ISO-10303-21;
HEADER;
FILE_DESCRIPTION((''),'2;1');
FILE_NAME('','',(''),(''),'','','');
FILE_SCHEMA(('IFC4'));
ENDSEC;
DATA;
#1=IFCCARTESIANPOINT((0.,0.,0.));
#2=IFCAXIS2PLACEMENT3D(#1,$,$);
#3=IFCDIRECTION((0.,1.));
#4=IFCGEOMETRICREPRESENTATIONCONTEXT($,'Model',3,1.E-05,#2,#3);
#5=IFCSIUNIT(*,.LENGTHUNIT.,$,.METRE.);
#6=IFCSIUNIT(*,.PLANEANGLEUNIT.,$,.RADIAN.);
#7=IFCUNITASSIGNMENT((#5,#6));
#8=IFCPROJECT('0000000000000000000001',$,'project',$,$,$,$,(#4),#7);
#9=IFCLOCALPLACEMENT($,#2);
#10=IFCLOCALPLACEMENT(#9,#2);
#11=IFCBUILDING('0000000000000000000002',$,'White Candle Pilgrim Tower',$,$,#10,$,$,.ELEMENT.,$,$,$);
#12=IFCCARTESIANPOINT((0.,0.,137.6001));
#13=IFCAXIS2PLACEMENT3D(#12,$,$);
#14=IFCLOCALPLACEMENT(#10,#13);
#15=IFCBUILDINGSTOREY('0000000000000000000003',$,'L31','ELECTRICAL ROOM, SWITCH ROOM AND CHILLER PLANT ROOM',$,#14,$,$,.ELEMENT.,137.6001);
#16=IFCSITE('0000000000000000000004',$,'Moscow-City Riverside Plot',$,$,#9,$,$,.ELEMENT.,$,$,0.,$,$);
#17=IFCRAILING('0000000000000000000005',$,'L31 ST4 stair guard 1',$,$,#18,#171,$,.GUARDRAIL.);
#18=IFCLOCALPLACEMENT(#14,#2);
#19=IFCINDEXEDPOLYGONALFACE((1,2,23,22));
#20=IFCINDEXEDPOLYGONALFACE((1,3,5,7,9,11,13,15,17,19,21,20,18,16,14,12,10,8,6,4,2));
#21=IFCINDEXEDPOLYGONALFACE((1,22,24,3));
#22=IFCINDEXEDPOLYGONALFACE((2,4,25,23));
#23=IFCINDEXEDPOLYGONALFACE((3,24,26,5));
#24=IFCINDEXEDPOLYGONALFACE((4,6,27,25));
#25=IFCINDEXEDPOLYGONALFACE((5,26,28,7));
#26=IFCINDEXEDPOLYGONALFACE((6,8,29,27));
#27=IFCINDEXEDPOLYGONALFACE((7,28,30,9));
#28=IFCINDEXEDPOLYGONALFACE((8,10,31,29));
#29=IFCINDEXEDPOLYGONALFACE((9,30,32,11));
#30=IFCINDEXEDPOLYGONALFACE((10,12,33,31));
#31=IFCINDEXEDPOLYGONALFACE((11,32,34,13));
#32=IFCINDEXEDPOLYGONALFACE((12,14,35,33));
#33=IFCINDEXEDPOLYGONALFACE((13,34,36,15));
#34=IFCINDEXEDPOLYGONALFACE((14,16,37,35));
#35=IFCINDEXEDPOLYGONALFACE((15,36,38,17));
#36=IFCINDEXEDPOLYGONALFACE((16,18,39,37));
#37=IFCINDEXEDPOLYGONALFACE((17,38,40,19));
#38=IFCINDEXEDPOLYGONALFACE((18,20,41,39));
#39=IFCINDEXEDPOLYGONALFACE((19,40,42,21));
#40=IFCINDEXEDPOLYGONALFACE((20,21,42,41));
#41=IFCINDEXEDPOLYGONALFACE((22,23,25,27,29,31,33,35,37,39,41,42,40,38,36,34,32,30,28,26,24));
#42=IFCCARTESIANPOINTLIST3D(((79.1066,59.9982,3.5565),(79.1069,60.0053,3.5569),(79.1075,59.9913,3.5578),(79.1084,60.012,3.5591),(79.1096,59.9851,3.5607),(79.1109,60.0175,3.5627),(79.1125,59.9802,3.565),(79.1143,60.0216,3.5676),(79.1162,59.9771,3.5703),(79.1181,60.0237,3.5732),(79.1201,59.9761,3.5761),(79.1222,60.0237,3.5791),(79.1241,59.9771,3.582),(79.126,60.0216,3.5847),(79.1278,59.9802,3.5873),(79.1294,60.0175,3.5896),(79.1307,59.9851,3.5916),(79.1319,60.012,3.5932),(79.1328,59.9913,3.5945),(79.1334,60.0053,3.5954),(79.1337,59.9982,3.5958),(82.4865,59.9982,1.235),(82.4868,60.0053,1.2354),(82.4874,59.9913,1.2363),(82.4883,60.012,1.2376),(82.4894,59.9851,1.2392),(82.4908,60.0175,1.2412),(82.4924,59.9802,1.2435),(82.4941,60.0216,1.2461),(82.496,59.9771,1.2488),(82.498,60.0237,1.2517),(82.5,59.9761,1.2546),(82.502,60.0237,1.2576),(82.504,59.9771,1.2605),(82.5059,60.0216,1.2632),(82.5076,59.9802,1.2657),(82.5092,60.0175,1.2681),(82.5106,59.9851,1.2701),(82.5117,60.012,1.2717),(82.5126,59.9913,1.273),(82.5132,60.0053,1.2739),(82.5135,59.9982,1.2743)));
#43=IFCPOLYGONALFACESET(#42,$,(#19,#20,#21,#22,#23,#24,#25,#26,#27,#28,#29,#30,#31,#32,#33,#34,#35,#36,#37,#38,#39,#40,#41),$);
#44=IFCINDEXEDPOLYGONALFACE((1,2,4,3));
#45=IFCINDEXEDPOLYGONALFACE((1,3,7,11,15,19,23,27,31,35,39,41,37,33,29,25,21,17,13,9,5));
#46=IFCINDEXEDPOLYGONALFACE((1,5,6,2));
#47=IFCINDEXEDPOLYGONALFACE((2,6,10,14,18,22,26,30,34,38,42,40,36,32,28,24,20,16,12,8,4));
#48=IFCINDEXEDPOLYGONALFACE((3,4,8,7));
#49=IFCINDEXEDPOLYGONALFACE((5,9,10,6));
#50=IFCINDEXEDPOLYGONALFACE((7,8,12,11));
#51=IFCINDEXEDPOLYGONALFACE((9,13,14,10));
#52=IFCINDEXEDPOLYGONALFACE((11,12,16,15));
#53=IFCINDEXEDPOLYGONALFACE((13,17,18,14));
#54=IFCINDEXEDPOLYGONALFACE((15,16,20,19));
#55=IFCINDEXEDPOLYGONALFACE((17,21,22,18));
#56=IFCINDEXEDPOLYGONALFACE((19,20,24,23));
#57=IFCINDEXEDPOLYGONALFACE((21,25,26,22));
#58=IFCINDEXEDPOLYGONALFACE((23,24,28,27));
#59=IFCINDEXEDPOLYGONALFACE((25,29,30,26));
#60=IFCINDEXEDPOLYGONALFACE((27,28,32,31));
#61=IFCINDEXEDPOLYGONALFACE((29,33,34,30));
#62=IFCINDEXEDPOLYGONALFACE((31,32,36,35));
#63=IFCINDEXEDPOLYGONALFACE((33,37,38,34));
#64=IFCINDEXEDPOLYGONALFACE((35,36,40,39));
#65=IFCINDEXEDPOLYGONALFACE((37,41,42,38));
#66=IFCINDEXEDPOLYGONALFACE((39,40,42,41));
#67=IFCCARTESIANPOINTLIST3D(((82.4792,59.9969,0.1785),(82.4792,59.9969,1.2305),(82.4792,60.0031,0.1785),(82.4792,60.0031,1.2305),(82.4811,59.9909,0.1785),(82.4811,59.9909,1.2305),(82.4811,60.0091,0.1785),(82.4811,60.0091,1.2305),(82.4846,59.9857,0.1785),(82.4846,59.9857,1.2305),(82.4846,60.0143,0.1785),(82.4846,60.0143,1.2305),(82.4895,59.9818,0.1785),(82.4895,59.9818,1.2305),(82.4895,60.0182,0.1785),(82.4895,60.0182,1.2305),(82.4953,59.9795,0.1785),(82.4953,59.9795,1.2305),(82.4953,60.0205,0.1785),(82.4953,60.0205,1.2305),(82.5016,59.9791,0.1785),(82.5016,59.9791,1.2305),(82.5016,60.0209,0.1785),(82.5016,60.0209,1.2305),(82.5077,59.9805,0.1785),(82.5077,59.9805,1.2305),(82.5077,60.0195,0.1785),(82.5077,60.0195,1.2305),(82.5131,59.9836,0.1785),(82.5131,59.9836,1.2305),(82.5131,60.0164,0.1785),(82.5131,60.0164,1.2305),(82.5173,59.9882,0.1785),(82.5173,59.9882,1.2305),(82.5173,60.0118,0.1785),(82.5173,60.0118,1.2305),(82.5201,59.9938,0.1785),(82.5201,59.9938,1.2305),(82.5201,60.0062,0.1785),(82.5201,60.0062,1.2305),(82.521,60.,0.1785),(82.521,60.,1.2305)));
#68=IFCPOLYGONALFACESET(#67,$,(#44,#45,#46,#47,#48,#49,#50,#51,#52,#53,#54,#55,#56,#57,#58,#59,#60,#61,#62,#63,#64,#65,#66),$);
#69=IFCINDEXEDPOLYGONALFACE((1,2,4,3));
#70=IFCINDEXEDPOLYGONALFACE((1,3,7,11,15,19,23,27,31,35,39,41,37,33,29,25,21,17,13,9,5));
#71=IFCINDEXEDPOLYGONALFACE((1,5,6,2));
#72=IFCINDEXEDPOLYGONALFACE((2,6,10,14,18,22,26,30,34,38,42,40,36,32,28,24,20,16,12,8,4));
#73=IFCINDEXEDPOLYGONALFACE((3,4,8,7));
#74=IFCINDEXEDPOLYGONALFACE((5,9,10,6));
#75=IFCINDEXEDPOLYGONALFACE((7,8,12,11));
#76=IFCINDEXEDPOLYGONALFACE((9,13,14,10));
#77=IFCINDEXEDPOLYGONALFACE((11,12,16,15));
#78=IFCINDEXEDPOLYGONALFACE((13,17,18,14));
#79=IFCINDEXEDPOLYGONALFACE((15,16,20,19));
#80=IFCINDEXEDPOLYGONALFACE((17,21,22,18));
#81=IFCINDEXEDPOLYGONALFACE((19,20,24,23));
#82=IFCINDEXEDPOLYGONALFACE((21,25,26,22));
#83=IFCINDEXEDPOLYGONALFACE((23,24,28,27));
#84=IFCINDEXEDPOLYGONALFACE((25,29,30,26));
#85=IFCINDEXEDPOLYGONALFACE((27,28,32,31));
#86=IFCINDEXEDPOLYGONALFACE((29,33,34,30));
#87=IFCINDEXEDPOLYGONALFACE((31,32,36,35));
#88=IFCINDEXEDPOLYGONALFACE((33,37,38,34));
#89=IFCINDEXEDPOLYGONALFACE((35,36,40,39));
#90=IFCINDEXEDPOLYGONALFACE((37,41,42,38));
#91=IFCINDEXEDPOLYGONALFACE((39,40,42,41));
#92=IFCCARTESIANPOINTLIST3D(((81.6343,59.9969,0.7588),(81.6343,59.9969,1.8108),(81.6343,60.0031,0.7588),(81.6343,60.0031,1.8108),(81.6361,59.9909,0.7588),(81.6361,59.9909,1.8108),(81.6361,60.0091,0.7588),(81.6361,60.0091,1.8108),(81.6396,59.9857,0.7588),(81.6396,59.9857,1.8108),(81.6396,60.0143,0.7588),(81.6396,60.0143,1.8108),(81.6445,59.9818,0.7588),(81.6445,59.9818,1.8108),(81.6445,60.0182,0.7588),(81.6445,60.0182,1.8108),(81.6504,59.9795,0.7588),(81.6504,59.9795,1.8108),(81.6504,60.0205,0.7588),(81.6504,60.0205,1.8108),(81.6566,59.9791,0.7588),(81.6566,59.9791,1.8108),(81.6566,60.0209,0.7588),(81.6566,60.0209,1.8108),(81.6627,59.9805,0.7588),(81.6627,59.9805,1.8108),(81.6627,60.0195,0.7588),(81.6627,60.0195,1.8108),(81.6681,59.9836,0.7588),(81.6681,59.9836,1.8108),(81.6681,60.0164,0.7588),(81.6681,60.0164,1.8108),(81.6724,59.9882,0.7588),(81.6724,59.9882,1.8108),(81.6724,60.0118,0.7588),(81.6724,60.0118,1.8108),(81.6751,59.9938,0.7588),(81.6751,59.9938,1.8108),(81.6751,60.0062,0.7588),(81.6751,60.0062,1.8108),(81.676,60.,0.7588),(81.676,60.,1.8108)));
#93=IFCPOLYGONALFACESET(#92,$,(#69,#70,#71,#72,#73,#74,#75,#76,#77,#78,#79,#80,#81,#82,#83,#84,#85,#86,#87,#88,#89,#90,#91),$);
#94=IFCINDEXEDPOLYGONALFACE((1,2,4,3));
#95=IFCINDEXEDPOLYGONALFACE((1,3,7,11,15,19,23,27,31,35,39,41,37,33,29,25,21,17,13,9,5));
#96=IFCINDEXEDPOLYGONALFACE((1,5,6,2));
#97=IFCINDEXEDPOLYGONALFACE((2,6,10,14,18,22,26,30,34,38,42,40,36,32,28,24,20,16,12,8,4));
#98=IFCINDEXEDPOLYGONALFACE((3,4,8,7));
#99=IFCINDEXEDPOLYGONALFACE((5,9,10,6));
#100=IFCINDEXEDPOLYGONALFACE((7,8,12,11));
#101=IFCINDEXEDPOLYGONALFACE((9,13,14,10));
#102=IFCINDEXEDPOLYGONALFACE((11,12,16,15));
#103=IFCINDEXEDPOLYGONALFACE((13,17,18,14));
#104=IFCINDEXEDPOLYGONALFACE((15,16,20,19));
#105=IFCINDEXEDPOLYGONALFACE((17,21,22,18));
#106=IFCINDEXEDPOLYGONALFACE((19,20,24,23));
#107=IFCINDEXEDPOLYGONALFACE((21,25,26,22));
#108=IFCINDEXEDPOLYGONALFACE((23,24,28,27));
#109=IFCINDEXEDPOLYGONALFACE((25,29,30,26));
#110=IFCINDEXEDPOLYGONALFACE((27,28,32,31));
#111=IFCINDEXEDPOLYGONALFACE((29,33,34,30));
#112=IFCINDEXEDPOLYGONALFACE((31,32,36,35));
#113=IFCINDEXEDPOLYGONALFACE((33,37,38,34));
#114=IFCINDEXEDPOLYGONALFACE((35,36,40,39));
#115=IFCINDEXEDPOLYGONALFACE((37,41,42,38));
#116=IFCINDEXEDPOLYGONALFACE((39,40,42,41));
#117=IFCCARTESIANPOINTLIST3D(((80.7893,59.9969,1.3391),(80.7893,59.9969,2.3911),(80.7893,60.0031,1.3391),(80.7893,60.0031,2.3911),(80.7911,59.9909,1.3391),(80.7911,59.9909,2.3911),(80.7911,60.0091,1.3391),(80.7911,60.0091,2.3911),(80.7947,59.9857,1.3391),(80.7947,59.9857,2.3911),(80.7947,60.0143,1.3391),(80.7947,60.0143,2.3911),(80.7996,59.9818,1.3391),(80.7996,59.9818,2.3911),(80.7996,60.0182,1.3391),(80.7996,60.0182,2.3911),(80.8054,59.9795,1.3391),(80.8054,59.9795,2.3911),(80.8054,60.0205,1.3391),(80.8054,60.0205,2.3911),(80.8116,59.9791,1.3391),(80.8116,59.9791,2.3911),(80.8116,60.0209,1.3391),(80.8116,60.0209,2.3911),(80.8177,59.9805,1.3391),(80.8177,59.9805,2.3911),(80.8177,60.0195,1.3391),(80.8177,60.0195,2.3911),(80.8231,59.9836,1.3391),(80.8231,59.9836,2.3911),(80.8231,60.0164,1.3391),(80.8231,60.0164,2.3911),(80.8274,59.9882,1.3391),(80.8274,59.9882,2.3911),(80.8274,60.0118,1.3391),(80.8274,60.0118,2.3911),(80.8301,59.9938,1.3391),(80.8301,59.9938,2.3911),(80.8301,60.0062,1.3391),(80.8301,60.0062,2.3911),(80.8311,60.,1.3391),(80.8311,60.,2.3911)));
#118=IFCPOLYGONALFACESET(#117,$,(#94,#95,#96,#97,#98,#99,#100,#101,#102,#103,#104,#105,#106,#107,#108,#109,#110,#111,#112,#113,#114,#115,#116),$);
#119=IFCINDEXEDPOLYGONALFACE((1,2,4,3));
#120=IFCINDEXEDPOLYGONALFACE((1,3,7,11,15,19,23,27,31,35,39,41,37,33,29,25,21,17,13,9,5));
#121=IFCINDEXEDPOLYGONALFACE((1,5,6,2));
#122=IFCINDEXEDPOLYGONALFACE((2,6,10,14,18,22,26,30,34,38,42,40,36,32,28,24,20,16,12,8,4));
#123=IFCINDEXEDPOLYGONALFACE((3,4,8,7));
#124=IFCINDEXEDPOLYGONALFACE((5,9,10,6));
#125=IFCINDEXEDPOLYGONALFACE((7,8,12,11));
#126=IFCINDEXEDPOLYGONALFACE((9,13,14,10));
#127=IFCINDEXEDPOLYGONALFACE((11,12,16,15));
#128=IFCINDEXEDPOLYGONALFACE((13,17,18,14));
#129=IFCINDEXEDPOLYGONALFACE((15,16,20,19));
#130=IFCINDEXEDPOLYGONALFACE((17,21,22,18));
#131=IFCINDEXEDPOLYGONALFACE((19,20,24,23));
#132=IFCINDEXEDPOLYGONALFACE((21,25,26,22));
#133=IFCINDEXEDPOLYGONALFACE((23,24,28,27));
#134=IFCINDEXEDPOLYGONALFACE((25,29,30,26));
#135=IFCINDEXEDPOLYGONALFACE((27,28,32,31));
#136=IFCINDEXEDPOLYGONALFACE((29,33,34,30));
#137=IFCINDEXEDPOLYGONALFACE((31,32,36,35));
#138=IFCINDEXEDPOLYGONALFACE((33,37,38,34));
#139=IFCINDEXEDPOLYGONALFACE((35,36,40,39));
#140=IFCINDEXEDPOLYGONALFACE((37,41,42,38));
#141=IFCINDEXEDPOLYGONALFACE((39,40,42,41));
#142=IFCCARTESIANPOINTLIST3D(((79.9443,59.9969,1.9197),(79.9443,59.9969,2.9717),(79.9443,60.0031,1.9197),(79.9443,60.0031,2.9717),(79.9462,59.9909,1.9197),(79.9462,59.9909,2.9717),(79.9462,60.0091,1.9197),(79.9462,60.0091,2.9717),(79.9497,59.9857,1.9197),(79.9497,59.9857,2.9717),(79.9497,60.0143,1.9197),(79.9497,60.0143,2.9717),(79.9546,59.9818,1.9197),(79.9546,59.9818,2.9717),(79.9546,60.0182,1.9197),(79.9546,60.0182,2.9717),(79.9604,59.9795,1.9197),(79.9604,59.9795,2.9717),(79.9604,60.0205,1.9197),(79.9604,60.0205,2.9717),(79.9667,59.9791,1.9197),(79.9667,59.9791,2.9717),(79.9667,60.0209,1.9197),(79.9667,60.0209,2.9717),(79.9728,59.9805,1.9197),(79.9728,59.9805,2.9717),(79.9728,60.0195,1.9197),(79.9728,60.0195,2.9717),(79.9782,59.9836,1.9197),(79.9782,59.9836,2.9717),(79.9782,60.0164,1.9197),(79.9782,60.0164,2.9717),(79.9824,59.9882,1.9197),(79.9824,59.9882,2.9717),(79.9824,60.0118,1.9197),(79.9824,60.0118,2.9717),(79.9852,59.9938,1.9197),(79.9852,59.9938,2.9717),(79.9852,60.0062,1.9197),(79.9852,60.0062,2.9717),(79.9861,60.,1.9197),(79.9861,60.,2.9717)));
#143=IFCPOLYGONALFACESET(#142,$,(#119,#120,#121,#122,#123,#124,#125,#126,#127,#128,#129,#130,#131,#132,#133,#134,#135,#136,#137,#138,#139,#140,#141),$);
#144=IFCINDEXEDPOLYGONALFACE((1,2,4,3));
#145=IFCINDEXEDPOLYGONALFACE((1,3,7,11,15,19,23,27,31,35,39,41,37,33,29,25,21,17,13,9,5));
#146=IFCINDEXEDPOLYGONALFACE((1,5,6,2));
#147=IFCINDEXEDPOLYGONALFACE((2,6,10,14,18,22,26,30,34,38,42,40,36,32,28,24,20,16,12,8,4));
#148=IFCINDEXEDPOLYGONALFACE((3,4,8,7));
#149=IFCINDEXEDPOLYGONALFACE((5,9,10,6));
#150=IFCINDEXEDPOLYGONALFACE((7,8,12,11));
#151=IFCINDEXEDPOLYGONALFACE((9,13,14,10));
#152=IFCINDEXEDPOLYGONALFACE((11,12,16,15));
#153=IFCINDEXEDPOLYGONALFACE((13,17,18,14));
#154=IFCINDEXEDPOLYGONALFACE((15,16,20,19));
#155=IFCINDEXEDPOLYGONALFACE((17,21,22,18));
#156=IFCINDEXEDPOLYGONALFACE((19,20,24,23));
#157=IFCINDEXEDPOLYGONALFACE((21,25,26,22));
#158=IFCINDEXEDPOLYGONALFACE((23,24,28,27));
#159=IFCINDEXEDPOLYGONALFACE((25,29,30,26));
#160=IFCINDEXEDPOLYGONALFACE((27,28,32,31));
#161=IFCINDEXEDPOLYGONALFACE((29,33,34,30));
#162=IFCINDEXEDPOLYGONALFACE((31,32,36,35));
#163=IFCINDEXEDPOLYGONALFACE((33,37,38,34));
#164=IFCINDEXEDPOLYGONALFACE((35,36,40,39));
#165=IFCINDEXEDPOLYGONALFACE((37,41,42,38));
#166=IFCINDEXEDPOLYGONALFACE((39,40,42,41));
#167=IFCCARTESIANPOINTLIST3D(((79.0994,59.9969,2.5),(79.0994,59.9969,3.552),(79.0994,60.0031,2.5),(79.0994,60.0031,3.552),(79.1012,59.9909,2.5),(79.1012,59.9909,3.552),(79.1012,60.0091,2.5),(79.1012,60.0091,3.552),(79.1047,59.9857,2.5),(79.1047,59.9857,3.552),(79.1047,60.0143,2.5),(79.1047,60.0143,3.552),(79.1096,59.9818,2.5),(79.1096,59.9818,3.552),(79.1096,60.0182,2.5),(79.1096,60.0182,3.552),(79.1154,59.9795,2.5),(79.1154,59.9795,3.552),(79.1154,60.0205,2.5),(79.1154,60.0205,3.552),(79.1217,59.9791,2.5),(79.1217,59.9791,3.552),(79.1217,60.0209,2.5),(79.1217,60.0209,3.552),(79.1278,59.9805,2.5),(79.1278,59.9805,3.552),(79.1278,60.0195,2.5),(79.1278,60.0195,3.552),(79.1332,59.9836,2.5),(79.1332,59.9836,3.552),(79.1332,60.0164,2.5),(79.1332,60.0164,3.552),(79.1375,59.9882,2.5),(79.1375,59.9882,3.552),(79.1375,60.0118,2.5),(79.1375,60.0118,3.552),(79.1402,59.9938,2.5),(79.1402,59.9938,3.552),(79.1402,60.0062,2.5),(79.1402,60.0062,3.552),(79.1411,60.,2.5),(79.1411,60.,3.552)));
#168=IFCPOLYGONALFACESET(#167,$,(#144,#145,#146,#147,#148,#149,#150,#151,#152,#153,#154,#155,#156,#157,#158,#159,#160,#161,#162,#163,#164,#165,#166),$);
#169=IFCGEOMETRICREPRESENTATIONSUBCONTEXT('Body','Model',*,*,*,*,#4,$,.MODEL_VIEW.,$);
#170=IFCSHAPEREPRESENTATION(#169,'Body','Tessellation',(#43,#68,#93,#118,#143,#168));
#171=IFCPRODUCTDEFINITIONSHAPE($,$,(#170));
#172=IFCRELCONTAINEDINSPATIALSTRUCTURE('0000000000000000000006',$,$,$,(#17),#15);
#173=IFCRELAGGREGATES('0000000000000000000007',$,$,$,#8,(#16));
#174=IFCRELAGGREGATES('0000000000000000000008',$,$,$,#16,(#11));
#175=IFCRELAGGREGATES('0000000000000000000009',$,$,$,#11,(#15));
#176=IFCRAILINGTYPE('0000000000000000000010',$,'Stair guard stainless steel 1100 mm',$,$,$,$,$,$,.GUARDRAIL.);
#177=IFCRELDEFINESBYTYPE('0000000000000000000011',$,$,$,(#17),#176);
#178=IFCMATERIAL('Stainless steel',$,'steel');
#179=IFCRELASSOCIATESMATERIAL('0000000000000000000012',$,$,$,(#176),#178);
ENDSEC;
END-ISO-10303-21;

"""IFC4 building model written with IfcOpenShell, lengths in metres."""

from ifc_helpers import new_model, si_unit, direction, frame, origin, origin_2d, place, context, subcontext, project, spatial, circle, extrude, material, type_object, element, save


model = new_model("IFC4")

# Units and contexts
model_context = context("Model", 3, precision=1e-05, world=origin(), true_north=direction((0.0, 1.0)))
body_context = subcontext(model_context, "Body", "Model", "MODEL_VIEW")
ifc_project = project(units=[si_unit("LENGTHUNIT", "METRE"), si_unit("PLANEANGLEUNIT", "RADIAN")], contexts=[model_context])

# Site, building, storey
site_placement = place(None, origin())
site = spatial("IfcSite", under=ifc_project, at=site_placement, Name="Moscow-City Riverside Plot", CompositionType="ELEMENT", RefElevation=0.0)
building_placement = place(site_placement, origin())
building = spatial("IfcBuilding", under=site, at=building_placement, Name="White Candle Pilgrim Tower", CompositionType="ELEMENT")
storey_placement = place(building_placement, frame((0.0, 0.0, 137.6001)))
storey = spatial("IfcBuildingStorey", under=building, at=storey_placement, Name="L31", Description="ELECTRICAL ROOM, SWITCH ROOM AND CHILLER PLANT ROOM", CompositionType="ELEMENT", Elevation=137.6001)

# Railing
ifc_material_1 = material(Name="Stainless steel", Category="steel")
railing_type_1 = type_object("IfcRailingType", Name="Stair guard stainless steel 1100 mm", PredefinedType="GUARDRAIL", material=ifc_material_1)
railing_1_placement = place(storey_placement, frame((82.5, 60.0, 0.1785)))
element("IfcRailing", 1, at=railing_1_placement, inside=storey, type_object=railing_type_1, Name="L31 ST4 stair guard 1", PredefinedType="GUARDRAIL", context=body_context, shape_type="SweptSolid", body=[
    extrude(circle(Radius=0.0239, at=origin_2d()), frame((0.0, 0.0, 1.0762), z_axis=(-0.824285, 0.0, 0.566175), x_axis=(0.0, -1.0, 0.0)), (0.0, 0.0, 1.0), 4.1003),
    extrude(circle(Radius=0.021, at=origin_2d()), origin(), (0.0, 0.0, 1.0), 1.052),
    extrude(circle(Radius=0.021, at=origin_2d()), frame((-0.845, 0.0, 0.5803)), (0.0, 0.0, 1.0), 1.052),
    extrude(circle(Radius=0.021, at=origin_2d()), frame((-1.6899, 0.0, 1.1606)), (0.0, 0.0, 1.0), 1.052),
    extrude(circle(Radius=0.021, at=origin_2d()), frame((-2.5349, 0.0, 1.7412)), (0.0, 0.0, 1.0), 1.052),
    extrude(circle(Radius=0.021, at=origin_2d()), frame((-3.3799, 0.0, 2.3215)), (0.0, 0.0, 1.0), 1.052),
])

save(model, "model.ifc")
